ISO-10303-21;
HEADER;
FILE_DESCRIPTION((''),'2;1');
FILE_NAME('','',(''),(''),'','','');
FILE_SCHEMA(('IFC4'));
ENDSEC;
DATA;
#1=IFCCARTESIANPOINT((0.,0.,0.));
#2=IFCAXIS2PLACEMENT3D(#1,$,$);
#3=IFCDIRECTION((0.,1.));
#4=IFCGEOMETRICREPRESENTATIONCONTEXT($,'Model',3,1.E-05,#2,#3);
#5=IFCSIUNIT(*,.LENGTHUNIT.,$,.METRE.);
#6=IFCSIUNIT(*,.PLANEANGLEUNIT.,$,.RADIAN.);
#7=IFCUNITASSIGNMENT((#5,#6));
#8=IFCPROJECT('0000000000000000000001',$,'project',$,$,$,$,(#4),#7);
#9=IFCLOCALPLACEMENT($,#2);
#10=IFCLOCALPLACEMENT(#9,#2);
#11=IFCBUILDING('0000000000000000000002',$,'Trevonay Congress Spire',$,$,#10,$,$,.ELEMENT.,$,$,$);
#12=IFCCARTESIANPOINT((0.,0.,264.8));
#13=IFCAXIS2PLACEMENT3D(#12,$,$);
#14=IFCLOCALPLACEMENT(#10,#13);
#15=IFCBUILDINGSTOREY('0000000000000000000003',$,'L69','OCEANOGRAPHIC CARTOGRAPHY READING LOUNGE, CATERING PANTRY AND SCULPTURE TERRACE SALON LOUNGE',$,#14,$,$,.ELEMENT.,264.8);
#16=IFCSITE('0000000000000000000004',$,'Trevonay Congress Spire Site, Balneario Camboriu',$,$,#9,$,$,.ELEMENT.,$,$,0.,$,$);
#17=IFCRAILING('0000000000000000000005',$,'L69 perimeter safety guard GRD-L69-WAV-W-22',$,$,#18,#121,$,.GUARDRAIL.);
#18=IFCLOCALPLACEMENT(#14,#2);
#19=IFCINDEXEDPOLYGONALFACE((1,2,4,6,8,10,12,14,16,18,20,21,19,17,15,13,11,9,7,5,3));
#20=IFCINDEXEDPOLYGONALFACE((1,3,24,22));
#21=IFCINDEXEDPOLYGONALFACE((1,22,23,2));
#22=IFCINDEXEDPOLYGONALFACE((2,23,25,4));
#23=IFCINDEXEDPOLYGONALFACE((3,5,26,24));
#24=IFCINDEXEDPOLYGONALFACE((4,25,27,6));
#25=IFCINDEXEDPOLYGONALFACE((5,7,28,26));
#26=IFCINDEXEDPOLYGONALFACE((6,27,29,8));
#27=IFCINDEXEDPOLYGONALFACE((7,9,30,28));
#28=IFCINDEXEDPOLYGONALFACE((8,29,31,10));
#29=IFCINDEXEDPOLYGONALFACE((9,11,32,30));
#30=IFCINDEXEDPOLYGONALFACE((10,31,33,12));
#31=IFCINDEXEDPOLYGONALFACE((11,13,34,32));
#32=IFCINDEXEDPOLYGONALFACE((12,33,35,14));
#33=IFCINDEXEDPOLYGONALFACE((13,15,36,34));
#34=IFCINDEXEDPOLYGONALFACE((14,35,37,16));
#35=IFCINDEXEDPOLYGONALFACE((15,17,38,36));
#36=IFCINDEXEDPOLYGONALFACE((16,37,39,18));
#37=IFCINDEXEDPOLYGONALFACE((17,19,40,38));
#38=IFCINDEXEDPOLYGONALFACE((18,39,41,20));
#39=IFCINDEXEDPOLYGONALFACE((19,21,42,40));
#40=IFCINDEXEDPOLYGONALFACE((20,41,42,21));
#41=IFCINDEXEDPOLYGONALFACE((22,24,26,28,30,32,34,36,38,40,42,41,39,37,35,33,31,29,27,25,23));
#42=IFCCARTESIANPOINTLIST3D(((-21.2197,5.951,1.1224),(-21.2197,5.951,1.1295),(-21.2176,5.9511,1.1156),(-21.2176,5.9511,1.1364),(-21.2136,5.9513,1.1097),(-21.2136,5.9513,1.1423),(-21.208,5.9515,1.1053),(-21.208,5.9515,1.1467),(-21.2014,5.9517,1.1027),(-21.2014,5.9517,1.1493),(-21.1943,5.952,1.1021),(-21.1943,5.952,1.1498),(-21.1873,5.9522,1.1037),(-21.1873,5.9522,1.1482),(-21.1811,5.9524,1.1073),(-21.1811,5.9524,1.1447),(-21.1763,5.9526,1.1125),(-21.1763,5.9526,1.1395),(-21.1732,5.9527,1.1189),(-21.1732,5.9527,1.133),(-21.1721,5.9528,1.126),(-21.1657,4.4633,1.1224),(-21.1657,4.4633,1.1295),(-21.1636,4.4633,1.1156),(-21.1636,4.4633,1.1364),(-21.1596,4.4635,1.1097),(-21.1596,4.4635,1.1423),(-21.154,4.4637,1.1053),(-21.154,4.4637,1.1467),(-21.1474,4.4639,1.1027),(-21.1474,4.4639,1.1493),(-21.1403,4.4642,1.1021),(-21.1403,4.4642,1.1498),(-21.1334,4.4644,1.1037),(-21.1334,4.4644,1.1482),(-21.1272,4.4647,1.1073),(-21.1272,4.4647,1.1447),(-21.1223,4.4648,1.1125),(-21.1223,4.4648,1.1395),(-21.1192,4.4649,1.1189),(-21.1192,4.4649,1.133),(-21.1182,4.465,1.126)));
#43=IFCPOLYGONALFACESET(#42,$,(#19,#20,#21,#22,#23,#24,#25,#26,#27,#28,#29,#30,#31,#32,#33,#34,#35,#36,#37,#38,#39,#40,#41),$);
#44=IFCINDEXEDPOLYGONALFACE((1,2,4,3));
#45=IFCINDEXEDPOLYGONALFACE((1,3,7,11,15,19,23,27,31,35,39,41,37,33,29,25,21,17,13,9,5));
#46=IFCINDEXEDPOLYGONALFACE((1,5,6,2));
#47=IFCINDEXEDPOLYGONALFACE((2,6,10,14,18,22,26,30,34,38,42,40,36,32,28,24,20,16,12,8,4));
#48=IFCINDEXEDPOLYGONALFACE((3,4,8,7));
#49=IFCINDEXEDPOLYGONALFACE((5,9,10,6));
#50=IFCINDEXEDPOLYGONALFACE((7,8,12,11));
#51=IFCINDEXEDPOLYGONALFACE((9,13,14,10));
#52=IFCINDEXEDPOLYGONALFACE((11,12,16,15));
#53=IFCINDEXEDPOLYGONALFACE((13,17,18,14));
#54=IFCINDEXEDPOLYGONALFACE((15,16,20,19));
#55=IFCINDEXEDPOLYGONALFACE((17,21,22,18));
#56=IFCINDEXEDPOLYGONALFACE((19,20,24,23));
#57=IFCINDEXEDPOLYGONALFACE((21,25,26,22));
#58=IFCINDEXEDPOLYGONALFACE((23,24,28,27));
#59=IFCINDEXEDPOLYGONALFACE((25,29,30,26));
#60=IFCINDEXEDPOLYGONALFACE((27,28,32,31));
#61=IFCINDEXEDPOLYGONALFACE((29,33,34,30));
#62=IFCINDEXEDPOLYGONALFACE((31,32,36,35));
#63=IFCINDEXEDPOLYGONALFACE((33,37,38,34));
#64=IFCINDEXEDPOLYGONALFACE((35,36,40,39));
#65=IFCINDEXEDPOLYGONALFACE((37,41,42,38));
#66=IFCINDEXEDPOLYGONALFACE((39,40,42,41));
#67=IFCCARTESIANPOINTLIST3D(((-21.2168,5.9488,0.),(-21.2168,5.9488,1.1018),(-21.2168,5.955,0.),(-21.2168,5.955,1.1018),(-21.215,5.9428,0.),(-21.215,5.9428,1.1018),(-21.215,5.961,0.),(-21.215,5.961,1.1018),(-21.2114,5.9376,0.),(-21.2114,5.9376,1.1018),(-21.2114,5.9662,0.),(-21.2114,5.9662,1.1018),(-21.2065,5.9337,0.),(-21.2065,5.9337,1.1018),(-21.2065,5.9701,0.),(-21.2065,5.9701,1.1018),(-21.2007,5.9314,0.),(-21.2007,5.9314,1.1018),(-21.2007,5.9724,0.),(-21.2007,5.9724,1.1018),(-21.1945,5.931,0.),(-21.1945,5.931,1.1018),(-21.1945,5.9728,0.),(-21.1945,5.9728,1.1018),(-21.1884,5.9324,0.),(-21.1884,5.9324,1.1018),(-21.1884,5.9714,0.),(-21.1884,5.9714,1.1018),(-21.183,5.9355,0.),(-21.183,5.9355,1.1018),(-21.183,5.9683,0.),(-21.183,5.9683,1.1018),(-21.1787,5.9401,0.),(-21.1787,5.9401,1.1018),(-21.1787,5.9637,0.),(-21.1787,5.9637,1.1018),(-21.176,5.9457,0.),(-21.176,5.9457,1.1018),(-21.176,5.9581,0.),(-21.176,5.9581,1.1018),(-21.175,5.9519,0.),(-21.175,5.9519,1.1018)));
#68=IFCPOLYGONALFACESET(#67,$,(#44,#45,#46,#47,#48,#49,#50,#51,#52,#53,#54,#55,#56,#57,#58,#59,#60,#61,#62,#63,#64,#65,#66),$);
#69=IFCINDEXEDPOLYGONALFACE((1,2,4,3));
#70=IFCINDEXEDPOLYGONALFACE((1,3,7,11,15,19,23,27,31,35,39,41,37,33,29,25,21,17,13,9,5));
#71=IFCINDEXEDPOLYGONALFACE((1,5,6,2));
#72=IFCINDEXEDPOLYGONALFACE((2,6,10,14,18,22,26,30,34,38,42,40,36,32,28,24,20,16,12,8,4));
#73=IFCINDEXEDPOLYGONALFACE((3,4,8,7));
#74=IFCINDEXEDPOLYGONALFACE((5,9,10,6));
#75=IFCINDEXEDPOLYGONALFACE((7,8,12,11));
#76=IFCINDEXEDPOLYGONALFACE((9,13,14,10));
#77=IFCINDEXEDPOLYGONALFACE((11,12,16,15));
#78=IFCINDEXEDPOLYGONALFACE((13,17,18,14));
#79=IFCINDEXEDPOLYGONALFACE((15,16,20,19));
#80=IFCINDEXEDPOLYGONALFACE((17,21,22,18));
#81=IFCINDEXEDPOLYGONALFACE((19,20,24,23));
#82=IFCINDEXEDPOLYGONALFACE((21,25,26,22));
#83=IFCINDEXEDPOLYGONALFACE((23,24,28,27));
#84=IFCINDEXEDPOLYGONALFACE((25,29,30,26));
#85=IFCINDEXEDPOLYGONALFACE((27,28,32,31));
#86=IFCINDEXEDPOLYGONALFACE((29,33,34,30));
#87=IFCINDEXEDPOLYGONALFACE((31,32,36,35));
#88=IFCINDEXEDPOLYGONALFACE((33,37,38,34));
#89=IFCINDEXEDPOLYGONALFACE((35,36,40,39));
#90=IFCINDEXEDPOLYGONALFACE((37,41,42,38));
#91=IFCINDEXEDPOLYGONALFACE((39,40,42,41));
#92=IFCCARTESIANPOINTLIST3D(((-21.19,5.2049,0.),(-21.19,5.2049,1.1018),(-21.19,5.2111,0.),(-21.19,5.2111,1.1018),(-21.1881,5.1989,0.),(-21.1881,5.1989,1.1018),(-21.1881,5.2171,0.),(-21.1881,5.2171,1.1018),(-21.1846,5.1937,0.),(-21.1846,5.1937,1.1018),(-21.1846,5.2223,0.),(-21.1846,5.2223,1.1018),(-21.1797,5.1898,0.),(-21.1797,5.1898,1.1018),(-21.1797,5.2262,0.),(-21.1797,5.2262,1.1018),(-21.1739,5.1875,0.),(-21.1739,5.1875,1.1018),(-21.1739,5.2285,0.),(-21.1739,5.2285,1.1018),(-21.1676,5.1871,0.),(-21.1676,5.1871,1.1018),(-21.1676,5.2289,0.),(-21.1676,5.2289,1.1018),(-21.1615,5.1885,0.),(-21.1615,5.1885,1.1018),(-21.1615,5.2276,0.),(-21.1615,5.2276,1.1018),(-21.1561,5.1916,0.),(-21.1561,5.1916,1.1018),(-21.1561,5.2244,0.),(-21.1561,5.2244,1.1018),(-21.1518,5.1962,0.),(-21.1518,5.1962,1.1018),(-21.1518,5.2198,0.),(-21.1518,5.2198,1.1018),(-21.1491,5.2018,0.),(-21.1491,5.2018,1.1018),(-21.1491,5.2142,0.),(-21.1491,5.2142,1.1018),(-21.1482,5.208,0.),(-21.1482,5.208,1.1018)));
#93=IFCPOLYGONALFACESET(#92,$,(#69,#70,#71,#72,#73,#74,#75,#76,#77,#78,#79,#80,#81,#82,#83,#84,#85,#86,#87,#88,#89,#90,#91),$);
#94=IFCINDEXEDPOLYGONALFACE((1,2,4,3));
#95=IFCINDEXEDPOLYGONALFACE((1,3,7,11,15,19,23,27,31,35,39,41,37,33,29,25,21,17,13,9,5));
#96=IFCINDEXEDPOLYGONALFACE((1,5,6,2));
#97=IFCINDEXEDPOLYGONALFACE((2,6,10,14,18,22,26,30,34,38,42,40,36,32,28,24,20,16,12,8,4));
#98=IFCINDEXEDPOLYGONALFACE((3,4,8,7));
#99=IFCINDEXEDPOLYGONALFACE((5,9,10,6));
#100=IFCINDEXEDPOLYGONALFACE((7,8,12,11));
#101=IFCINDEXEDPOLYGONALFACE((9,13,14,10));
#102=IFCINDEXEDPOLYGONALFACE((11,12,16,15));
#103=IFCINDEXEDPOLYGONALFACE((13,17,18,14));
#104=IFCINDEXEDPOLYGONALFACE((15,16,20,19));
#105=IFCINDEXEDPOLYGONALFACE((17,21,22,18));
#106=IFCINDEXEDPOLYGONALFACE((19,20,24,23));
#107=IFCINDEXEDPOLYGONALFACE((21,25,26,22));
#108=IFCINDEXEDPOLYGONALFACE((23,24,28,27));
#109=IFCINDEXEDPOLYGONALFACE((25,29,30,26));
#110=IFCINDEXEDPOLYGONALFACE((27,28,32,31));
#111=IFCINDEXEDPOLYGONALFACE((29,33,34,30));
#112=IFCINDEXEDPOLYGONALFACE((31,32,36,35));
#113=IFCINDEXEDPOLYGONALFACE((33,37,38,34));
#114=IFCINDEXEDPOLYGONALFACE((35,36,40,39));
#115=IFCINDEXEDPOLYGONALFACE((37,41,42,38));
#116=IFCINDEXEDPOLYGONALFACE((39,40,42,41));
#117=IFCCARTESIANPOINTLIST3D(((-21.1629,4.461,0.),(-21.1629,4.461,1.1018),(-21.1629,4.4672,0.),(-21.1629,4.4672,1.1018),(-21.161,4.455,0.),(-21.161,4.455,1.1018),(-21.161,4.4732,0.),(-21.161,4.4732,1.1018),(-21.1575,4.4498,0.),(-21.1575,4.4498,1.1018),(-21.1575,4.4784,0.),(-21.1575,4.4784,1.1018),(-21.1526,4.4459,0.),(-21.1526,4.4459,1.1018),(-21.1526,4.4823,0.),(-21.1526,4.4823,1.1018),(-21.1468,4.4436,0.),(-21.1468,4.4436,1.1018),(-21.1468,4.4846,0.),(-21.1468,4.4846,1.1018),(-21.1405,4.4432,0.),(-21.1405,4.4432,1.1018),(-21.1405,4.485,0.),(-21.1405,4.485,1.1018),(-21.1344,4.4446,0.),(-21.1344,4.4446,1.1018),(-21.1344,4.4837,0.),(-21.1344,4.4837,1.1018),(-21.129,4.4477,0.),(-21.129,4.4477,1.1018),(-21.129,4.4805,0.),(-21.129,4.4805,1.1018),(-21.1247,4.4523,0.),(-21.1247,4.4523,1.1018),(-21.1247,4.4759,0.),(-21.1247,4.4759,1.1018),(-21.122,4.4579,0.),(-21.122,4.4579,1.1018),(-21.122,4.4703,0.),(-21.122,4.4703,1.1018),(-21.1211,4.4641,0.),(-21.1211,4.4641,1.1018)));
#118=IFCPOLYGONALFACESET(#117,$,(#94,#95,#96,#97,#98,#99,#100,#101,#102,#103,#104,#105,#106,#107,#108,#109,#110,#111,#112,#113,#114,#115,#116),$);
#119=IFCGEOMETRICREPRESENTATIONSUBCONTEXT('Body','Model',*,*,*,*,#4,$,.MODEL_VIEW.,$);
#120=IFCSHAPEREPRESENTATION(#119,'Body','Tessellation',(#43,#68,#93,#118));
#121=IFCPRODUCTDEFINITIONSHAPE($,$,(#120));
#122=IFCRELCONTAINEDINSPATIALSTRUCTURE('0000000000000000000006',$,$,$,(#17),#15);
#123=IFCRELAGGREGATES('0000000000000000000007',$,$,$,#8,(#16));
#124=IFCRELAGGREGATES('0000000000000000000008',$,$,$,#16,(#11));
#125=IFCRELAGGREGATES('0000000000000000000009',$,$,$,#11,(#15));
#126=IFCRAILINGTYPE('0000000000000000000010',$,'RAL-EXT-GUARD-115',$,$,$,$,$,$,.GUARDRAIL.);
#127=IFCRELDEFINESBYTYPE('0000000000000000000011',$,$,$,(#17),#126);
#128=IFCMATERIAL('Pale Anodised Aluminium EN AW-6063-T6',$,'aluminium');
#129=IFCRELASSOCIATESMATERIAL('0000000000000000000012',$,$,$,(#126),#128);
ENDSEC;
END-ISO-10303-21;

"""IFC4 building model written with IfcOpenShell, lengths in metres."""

from ifc_helpers import new_model, si_unit, direction, frame, origin, origin_2d, place, context, subcontext, project, spatial, circle, extrude, material, type_object, element, save


model = new_model("IFC4")

# Units and contexts
model_context = context("Model", 3, precision=1e-05, world=origin(), true_north=direction((0.0, 1.0)))
body_context = subcontext(model_context, "Body", "Model", "MODEL_VIEW")
ifc_project = project(units=[si_unit("LENGTHUNIT", "METRE"), si_unit("PLANEANGLEUNIT", "RADIAN")], contexts=[model_context])

# Site, building, storey
site_placement = place(None, origin())
site = spatial("IfcSite", under=ifc_project, at=site_placement, Name="Trevonay Congress Spire Site, Balneario Camboriu", CompositionType="ELEMENT", RefElevation=0.0)
building_placement = place(site_placement, origin())
building = spatial("IfcBuilding", under=site, at=building_placement, Name="Trevonay Congress Spire", CompositionType="ELEMENT")
storey_placement = place(building_placement, frame((0.0, 0.0, 264.8)))
storey = spatial("IfcBuildingStorey", under=building, at=storey_placement, Name="L69", Description="OCEANOGRAPHIC CARTOGRAPHY READING LOUNGE, CATERING PANTRY AND SCULPTURE TERRACE SALON LOUNGE", CompositionType="ELEMENT", Elevation=264.8)

# Shared definitions
ifc_material_1 = material(Name="Pale Anodised Aluminium EN AW-6063-T6", Category="aluminium")

# Railing
railing_type = type_object("IfcRailingType", Name="RAL-EXT-GUARD-115", PredefinedType="GUARDRAIL", material=ifc_material_1)
railing_1_placement = place(storey_placement, frame((-21.196, 5.9519, 0.0)))
element("IfcRailing", 1, at=railing_1_placement, inside=storey, type_object=railing_type, Name="L69 perimeter safety guard GRD-L69-WAV-W-22", PredefinedType="GUARDRAIL", context=body_context, shape_type="SweptSolid", body=[
    extrude(circle(Radius=0.0239, at=origin_2d()), frame((0.0, 0.0, 1.126), z_axis=(0.036241, -0.999343, 0.0), x_axis=(0.999343, 0.036241, 0.0)), (0.0, 0.0, 1.0), 1.4888),
    extrude(circle(Radius=0.021, at=origin_2d()), origin(), (0.0, 0.0, 1.0), 1.1018),
    extrude(circle(Radius=0.021, at=origin_2d()), frame((0.0269, -0.7439, 0.0)), (0.0, 0.0, 1.0), 1.1018),
    extrude(circle(Radius=0.021, at=origin_2d()), frame((0.054, -1.4878, 0.0)), (0.0, 0.0, 1.0), 1.1018),
])

save(model, "model.ifc")
